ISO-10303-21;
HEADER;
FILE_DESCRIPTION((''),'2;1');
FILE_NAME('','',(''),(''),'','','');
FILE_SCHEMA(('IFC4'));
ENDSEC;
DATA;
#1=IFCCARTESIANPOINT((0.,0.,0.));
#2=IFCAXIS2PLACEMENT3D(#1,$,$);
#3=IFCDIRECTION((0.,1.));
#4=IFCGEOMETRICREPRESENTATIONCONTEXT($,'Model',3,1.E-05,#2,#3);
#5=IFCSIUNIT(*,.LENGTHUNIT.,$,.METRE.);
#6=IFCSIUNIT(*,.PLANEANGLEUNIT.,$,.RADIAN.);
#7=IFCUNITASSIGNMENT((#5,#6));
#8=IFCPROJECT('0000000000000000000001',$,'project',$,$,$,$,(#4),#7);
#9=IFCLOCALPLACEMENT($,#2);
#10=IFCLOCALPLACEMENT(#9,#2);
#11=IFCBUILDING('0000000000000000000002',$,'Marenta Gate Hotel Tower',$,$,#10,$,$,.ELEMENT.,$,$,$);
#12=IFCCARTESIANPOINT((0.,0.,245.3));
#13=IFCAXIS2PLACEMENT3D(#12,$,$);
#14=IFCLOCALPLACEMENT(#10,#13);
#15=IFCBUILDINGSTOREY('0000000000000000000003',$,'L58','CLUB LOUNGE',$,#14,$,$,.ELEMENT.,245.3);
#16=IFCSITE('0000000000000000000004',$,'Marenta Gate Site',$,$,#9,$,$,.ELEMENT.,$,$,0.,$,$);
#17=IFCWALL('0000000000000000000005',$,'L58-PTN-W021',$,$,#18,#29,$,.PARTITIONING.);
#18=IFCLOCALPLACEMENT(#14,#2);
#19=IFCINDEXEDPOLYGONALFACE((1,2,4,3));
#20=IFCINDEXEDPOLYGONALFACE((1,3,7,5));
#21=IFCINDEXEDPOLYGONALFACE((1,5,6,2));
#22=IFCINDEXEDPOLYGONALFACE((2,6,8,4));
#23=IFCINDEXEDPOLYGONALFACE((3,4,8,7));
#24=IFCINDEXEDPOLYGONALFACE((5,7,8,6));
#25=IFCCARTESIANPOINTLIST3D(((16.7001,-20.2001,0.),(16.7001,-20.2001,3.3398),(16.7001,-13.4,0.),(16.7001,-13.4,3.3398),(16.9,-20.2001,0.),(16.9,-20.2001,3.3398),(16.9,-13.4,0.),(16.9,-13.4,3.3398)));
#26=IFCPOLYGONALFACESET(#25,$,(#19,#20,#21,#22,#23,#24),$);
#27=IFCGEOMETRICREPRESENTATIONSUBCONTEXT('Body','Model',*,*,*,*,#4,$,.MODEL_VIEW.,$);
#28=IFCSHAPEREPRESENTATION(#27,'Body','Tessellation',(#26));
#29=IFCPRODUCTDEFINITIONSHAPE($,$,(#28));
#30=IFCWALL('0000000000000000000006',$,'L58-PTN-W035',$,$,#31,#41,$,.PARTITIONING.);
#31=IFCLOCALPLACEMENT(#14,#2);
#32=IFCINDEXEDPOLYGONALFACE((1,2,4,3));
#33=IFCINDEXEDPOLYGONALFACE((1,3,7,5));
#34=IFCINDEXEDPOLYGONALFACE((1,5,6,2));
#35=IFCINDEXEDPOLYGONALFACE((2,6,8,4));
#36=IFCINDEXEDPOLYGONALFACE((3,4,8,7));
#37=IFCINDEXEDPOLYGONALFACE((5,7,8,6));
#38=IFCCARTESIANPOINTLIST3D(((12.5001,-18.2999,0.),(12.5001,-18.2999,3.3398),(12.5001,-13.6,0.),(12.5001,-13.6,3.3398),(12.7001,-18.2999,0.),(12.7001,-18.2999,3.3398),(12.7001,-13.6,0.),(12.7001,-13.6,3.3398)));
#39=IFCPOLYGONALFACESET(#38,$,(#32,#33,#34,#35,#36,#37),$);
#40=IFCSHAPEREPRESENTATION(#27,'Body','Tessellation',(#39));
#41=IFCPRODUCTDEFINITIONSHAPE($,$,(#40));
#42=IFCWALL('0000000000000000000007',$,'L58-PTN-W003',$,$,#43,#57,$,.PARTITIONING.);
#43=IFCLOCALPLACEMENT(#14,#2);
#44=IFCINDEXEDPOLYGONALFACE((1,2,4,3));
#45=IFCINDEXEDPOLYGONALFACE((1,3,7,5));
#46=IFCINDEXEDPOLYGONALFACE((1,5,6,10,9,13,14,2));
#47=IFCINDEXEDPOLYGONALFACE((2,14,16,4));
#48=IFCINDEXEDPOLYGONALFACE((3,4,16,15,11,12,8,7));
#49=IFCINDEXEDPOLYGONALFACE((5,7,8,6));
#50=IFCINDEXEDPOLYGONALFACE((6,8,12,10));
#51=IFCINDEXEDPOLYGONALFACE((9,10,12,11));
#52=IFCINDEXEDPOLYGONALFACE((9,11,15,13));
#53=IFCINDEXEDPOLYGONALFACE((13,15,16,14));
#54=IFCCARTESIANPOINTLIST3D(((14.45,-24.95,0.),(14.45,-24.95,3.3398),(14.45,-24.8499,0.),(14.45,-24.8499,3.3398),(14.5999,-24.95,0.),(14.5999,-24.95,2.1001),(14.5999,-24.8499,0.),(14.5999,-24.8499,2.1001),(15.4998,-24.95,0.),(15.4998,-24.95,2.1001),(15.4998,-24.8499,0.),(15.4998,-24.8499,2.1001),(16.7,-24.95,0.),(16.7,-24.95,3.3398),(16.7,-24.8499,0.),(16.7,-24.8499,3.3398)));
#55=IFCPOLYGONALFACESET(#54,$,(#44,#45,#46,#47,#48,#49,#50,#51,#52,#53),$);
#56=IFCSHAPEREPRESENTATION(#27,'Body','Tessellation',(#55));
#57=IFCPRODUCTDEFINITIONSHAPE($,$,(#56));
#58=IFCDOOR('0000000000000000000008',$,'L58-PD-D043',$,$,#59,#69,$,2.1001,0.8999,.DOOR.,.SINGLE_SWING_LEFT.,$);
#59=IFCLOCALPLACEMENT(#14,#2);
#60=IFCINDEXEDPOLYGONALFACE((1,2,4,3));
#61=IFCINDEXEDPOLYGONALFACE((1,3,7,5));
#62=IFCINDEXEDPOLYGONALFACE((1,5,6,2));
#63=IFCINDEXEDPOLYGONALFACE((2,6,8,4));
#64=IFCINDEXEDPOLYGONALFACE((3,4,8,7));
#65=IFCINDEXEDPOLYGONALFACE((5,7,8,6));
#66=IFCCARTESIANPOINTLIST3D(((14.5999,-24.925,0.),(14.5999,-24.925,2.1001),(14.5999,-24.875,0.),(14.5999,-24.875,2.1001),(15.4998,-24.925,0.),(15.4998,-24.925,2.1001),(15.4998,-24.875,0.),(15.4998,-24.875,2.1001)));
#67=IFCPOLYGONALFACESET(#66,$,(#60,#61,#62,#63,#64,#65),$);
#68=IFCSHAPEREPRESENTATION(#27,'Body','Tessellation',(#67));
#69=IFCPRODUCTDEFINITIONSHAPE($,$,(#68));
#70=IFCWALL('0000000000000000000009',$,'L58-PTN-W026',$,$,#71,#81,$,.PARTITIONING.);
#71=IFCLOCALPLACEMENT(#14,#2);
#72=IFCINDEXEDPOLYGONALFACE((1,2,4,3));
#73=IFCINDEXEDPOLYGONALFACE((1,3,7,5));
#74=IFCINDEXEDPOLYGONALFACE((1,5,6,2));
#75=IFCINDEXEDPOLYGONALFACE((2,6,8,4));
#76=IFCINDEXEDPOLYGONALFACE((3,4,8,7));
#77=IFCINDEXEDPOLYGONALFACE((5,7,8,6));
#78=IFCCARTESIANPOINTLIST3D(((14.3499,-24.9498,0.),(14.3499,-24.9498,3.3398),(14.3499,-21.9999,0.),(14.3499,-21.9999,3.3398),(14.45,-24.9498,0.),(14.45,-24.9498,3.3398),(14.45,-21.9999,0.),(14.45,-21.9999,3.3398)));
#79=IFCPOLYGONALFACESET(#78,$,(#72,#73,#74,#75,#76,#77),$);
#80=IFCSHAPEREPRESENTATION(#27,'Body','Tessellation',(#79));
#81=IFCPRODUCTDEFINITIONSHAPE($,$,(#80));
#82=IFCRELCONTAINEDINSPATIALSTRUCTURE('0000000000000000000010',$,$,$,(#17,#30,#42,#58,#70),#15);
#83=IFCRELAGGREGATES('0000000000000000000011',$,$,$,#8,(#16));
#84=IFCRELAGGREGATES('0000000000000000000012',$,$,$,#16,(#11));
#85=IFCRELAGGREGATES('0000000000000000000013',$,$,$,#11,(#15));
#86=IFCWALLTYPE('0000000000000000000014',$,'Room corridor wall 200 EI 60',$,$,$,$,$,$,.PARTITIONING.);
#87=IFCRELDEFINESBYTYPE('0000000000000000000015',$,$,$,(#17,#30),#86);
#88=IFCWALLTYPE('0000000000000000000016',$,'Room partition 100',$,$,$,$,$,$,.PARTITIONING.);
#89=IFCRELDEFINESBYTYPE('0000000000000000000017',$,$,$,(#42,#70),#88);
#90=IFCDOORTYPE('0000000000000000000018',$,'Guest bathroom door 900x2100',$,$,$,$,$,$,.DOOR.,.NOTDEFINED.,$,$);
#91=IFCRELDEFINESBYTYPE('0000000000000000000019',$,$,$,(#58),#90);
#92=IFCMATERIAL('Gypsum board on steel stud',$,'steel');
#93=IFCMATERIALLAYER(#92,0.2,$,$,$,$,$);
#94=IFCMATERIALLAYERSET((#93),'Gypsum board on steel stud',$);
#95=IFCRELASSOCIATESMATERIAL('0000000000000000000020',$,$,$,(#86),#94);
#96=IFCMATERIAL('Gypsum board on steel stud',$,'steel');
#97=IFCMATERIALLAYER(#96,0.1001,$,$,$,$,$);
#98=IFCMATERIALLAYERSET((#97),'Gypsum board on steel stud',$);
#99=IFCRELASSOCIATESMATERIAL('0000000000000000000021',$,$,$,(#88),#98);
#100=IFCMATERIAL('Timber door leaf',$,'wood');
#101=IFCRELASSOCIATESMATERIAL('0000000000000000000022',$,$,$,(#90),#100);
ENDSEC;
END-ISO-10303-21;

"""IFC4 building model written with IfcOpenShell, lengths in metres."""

from ifc_helpers import new_model, si_unit, direction, frame, frame_2d, origin, place, context, subcontext, project, spatial, rectangle, extrude, material, layer, layer_set, type_object, element, fill, save


model = new_model("IFC4")

# Units and contexts
model_context = context("Model", 3, precision=1e-05, world=origin(), true_north=direction((0.0, 1.0)))
body_context = subcontext(model_context, "Body", "Model", "MODEL_VIEW")
ifc_project = project(units=[si_unit("LENGTHUNIT", "METRE"), si_unit("PLANEANGLEUNIT", "RADIAN")], contexts=[model_context])

# Site, building, storey
site_placement = place(None, origin())
site = spatial("IfcSite", under=ifc_project, at=site_placement, Name="Marenta Gate Site", CompositionType="ELEMENT", RefElevation=0.0)
building_placement = place(site_placement, origin())
building = spatial("IfcBuilding", under=site, at=building_placement, Name="Marenta Gate Hotel Tower", CompositionType="ELEMENT")
storey_placement = place(building_placement, frame((0.0, 0.0, 245.3)))
storey = spatial("IfcBuildingStorey", under=building, at=storey_placement, Name="L58", Description="CLUB LOUNGE", CompositionType="ELEMENT", Elevation=245.3)

# Shared definitions
ifc_material_1 = material(Name="Gypsum board on steel stud", Category="steel")
ifc_layer_1 = layer(ifc_material_1, 0.2)
ifc_layer_set_1 = layer_set([ifc_layer_1], Name="Gypsum board on steel stud")
wall_type_1 = type_object("IfcWallType", Name="Room corridor wall 200 EI 60", PredefinedType="PARTITIONING", material=ifc_layer_set_1)

# Walls
wall_1_placement = place(storey_placement, frame((16.8, -20.2, 0.0), z_axis=(0.0, 0.0, 1.0), x_axis=(0.0, 1.0, 0.0)))
element("IfcWall", 1, at=wall_1_placement, inside=storey, type_object=wall_type_1, Name="L58-PTN-W021", PredefinedType="PARTITIONING", context=body_context, shape_type="SweptSolid", body=[
    extrude(rectangle(XDim=6.8, YDim=0.2, at=frame_2d((3.3999, 0.0))), origin(), (0.0, 0.0, 1.0), 3.3398),
])
wall_2_placement = place(storey_placement, frame((12.6001, -18.3, 0.0), z_axis=(0.0, 0.0, 1.0), x_axis=(0.0, 1.0, 0.0)))
element("IfcWall", 2, at=wall_2_placement, inside=storey, type_object=wall_type_1, Name="L58-PTN-W035", PredefinedType="PARTITIONING", context=body_context, shape_type="SweptSolid", body=[
    extrude(rectangle(XDim=4.7, YDim=0.2, at=frame_2d((2.3501, 0.0))), origin(), (0.0, 0.0, 1.0), 3.3398),
])

# Wall, opening, door
ifc_material_2 = material(Name="Gypsum board on steel stud", Category="steel")
ifc_layer_2 = layer(ifc_material_2, 0.1001)
ifc_layer_set_2 = layer_set([ifc_layer_2], Name="Gypsum board on steel stud")
wall_type_2 = type_object("IfcWallType", Name="Room partition 100", PredefinedType="PARTITIONING", material=ifc_layer_set_2)
wall_3_placement = place(storey_placement, frame((14.45, -24.8999, 0.0), z_axis=(0.0, 0.0, 1.0), x_axis=(1.0, 0.0, 0.0)))
wall_3 = element("IfcWall", 3, at=wall_3_placement, inside=storey, type_object=wall_type_2, Name="L58-PTN-W003", PredefinedType="PARTITIONING", context=body_context, shape_type="SweptSolid", body=[
    extrude(rectangle(XDim=2.25, YDim=0.1001, at=frame_2d((1.125, 0.0))), origin(), (0.0, 0.0, 1.0), 3.3398),
])
opening_1_placement = place(wall_3_placement, frame((0.1499, 0.0, 0.0)))
opening_1 = element("IfcOpeningElement", 4, at=opening_1_placement, cuts=wall_3, PredefinedType="OPENING", context=body_context, shape_type="SweptSolid", body=[
    extrude(rectangle(XDim=0.8999, YDim=2.1001, at=frame_2d((0.45, 1.05))), frame((0.0, 0.05, 0.0), z_axis=(0.0, -1.0, 0.0), x_axis=(1.0, 0.0, 0.0)), (0.0, 0.0, 1.0), 0.1001),
])
ifc_material_3 = material(Name="Timber door leaf", Category="wood")
door_type_1 = type_object("IfcDoorType", Name="Guest bathroom door 900x2100", OperationType="NOTDEFINED", PredefinedType="DOOR", material=ifc_material_3)
door_1_placement = place(opening_1_placement, origin())
door_1 = element("IfcDoor", 5, at=door_1_placement, inside=storey, type_object=door_type_1, Name="L58-PD-D043", OperationType="SINGLE_SWING_LEFT", OverallHeight=2.1001, OverallWidth=0.8999, PredefinedType="DOOR", context=body_context, shape_type="SweptSolid", body=[
    extrude(rectangle(XDim=0.8999, YDim=2.1001, at=frame_2d((0.45, 1.05))), frame((0.0, 0.0249, 0.0), z_axis=(0.0, -1.0, 0.0), x_axis=(1.0, 0.0, 0.0)), (0.0, 0.0, 1.0), 0.05),
])
fill(opening_1, door_1)

# Wall
wall_4_placement = place(storey_placement, frame((14.3999, -24.95, 0.0), z_axis=(0.0, 0.0, 1.0), x_axis=(0.0, 1.0, 0.0)))
element("IfcWall", 6, at=wall_4_placement, inside=storey, type_object=wall_type_2, Name="L58-PTN-W026", PredefinedType="PARTITIONING", context=body_context, shape_type="SweptSolid", body=[
    extrude(rectangle(XDim=2.95, YDim=0.1001, at=frame_2d((1.4751, 0.0))), origin(), (0.0, 0.0, 1.0), 3.3398),
])

save(model, "model.ifc")
